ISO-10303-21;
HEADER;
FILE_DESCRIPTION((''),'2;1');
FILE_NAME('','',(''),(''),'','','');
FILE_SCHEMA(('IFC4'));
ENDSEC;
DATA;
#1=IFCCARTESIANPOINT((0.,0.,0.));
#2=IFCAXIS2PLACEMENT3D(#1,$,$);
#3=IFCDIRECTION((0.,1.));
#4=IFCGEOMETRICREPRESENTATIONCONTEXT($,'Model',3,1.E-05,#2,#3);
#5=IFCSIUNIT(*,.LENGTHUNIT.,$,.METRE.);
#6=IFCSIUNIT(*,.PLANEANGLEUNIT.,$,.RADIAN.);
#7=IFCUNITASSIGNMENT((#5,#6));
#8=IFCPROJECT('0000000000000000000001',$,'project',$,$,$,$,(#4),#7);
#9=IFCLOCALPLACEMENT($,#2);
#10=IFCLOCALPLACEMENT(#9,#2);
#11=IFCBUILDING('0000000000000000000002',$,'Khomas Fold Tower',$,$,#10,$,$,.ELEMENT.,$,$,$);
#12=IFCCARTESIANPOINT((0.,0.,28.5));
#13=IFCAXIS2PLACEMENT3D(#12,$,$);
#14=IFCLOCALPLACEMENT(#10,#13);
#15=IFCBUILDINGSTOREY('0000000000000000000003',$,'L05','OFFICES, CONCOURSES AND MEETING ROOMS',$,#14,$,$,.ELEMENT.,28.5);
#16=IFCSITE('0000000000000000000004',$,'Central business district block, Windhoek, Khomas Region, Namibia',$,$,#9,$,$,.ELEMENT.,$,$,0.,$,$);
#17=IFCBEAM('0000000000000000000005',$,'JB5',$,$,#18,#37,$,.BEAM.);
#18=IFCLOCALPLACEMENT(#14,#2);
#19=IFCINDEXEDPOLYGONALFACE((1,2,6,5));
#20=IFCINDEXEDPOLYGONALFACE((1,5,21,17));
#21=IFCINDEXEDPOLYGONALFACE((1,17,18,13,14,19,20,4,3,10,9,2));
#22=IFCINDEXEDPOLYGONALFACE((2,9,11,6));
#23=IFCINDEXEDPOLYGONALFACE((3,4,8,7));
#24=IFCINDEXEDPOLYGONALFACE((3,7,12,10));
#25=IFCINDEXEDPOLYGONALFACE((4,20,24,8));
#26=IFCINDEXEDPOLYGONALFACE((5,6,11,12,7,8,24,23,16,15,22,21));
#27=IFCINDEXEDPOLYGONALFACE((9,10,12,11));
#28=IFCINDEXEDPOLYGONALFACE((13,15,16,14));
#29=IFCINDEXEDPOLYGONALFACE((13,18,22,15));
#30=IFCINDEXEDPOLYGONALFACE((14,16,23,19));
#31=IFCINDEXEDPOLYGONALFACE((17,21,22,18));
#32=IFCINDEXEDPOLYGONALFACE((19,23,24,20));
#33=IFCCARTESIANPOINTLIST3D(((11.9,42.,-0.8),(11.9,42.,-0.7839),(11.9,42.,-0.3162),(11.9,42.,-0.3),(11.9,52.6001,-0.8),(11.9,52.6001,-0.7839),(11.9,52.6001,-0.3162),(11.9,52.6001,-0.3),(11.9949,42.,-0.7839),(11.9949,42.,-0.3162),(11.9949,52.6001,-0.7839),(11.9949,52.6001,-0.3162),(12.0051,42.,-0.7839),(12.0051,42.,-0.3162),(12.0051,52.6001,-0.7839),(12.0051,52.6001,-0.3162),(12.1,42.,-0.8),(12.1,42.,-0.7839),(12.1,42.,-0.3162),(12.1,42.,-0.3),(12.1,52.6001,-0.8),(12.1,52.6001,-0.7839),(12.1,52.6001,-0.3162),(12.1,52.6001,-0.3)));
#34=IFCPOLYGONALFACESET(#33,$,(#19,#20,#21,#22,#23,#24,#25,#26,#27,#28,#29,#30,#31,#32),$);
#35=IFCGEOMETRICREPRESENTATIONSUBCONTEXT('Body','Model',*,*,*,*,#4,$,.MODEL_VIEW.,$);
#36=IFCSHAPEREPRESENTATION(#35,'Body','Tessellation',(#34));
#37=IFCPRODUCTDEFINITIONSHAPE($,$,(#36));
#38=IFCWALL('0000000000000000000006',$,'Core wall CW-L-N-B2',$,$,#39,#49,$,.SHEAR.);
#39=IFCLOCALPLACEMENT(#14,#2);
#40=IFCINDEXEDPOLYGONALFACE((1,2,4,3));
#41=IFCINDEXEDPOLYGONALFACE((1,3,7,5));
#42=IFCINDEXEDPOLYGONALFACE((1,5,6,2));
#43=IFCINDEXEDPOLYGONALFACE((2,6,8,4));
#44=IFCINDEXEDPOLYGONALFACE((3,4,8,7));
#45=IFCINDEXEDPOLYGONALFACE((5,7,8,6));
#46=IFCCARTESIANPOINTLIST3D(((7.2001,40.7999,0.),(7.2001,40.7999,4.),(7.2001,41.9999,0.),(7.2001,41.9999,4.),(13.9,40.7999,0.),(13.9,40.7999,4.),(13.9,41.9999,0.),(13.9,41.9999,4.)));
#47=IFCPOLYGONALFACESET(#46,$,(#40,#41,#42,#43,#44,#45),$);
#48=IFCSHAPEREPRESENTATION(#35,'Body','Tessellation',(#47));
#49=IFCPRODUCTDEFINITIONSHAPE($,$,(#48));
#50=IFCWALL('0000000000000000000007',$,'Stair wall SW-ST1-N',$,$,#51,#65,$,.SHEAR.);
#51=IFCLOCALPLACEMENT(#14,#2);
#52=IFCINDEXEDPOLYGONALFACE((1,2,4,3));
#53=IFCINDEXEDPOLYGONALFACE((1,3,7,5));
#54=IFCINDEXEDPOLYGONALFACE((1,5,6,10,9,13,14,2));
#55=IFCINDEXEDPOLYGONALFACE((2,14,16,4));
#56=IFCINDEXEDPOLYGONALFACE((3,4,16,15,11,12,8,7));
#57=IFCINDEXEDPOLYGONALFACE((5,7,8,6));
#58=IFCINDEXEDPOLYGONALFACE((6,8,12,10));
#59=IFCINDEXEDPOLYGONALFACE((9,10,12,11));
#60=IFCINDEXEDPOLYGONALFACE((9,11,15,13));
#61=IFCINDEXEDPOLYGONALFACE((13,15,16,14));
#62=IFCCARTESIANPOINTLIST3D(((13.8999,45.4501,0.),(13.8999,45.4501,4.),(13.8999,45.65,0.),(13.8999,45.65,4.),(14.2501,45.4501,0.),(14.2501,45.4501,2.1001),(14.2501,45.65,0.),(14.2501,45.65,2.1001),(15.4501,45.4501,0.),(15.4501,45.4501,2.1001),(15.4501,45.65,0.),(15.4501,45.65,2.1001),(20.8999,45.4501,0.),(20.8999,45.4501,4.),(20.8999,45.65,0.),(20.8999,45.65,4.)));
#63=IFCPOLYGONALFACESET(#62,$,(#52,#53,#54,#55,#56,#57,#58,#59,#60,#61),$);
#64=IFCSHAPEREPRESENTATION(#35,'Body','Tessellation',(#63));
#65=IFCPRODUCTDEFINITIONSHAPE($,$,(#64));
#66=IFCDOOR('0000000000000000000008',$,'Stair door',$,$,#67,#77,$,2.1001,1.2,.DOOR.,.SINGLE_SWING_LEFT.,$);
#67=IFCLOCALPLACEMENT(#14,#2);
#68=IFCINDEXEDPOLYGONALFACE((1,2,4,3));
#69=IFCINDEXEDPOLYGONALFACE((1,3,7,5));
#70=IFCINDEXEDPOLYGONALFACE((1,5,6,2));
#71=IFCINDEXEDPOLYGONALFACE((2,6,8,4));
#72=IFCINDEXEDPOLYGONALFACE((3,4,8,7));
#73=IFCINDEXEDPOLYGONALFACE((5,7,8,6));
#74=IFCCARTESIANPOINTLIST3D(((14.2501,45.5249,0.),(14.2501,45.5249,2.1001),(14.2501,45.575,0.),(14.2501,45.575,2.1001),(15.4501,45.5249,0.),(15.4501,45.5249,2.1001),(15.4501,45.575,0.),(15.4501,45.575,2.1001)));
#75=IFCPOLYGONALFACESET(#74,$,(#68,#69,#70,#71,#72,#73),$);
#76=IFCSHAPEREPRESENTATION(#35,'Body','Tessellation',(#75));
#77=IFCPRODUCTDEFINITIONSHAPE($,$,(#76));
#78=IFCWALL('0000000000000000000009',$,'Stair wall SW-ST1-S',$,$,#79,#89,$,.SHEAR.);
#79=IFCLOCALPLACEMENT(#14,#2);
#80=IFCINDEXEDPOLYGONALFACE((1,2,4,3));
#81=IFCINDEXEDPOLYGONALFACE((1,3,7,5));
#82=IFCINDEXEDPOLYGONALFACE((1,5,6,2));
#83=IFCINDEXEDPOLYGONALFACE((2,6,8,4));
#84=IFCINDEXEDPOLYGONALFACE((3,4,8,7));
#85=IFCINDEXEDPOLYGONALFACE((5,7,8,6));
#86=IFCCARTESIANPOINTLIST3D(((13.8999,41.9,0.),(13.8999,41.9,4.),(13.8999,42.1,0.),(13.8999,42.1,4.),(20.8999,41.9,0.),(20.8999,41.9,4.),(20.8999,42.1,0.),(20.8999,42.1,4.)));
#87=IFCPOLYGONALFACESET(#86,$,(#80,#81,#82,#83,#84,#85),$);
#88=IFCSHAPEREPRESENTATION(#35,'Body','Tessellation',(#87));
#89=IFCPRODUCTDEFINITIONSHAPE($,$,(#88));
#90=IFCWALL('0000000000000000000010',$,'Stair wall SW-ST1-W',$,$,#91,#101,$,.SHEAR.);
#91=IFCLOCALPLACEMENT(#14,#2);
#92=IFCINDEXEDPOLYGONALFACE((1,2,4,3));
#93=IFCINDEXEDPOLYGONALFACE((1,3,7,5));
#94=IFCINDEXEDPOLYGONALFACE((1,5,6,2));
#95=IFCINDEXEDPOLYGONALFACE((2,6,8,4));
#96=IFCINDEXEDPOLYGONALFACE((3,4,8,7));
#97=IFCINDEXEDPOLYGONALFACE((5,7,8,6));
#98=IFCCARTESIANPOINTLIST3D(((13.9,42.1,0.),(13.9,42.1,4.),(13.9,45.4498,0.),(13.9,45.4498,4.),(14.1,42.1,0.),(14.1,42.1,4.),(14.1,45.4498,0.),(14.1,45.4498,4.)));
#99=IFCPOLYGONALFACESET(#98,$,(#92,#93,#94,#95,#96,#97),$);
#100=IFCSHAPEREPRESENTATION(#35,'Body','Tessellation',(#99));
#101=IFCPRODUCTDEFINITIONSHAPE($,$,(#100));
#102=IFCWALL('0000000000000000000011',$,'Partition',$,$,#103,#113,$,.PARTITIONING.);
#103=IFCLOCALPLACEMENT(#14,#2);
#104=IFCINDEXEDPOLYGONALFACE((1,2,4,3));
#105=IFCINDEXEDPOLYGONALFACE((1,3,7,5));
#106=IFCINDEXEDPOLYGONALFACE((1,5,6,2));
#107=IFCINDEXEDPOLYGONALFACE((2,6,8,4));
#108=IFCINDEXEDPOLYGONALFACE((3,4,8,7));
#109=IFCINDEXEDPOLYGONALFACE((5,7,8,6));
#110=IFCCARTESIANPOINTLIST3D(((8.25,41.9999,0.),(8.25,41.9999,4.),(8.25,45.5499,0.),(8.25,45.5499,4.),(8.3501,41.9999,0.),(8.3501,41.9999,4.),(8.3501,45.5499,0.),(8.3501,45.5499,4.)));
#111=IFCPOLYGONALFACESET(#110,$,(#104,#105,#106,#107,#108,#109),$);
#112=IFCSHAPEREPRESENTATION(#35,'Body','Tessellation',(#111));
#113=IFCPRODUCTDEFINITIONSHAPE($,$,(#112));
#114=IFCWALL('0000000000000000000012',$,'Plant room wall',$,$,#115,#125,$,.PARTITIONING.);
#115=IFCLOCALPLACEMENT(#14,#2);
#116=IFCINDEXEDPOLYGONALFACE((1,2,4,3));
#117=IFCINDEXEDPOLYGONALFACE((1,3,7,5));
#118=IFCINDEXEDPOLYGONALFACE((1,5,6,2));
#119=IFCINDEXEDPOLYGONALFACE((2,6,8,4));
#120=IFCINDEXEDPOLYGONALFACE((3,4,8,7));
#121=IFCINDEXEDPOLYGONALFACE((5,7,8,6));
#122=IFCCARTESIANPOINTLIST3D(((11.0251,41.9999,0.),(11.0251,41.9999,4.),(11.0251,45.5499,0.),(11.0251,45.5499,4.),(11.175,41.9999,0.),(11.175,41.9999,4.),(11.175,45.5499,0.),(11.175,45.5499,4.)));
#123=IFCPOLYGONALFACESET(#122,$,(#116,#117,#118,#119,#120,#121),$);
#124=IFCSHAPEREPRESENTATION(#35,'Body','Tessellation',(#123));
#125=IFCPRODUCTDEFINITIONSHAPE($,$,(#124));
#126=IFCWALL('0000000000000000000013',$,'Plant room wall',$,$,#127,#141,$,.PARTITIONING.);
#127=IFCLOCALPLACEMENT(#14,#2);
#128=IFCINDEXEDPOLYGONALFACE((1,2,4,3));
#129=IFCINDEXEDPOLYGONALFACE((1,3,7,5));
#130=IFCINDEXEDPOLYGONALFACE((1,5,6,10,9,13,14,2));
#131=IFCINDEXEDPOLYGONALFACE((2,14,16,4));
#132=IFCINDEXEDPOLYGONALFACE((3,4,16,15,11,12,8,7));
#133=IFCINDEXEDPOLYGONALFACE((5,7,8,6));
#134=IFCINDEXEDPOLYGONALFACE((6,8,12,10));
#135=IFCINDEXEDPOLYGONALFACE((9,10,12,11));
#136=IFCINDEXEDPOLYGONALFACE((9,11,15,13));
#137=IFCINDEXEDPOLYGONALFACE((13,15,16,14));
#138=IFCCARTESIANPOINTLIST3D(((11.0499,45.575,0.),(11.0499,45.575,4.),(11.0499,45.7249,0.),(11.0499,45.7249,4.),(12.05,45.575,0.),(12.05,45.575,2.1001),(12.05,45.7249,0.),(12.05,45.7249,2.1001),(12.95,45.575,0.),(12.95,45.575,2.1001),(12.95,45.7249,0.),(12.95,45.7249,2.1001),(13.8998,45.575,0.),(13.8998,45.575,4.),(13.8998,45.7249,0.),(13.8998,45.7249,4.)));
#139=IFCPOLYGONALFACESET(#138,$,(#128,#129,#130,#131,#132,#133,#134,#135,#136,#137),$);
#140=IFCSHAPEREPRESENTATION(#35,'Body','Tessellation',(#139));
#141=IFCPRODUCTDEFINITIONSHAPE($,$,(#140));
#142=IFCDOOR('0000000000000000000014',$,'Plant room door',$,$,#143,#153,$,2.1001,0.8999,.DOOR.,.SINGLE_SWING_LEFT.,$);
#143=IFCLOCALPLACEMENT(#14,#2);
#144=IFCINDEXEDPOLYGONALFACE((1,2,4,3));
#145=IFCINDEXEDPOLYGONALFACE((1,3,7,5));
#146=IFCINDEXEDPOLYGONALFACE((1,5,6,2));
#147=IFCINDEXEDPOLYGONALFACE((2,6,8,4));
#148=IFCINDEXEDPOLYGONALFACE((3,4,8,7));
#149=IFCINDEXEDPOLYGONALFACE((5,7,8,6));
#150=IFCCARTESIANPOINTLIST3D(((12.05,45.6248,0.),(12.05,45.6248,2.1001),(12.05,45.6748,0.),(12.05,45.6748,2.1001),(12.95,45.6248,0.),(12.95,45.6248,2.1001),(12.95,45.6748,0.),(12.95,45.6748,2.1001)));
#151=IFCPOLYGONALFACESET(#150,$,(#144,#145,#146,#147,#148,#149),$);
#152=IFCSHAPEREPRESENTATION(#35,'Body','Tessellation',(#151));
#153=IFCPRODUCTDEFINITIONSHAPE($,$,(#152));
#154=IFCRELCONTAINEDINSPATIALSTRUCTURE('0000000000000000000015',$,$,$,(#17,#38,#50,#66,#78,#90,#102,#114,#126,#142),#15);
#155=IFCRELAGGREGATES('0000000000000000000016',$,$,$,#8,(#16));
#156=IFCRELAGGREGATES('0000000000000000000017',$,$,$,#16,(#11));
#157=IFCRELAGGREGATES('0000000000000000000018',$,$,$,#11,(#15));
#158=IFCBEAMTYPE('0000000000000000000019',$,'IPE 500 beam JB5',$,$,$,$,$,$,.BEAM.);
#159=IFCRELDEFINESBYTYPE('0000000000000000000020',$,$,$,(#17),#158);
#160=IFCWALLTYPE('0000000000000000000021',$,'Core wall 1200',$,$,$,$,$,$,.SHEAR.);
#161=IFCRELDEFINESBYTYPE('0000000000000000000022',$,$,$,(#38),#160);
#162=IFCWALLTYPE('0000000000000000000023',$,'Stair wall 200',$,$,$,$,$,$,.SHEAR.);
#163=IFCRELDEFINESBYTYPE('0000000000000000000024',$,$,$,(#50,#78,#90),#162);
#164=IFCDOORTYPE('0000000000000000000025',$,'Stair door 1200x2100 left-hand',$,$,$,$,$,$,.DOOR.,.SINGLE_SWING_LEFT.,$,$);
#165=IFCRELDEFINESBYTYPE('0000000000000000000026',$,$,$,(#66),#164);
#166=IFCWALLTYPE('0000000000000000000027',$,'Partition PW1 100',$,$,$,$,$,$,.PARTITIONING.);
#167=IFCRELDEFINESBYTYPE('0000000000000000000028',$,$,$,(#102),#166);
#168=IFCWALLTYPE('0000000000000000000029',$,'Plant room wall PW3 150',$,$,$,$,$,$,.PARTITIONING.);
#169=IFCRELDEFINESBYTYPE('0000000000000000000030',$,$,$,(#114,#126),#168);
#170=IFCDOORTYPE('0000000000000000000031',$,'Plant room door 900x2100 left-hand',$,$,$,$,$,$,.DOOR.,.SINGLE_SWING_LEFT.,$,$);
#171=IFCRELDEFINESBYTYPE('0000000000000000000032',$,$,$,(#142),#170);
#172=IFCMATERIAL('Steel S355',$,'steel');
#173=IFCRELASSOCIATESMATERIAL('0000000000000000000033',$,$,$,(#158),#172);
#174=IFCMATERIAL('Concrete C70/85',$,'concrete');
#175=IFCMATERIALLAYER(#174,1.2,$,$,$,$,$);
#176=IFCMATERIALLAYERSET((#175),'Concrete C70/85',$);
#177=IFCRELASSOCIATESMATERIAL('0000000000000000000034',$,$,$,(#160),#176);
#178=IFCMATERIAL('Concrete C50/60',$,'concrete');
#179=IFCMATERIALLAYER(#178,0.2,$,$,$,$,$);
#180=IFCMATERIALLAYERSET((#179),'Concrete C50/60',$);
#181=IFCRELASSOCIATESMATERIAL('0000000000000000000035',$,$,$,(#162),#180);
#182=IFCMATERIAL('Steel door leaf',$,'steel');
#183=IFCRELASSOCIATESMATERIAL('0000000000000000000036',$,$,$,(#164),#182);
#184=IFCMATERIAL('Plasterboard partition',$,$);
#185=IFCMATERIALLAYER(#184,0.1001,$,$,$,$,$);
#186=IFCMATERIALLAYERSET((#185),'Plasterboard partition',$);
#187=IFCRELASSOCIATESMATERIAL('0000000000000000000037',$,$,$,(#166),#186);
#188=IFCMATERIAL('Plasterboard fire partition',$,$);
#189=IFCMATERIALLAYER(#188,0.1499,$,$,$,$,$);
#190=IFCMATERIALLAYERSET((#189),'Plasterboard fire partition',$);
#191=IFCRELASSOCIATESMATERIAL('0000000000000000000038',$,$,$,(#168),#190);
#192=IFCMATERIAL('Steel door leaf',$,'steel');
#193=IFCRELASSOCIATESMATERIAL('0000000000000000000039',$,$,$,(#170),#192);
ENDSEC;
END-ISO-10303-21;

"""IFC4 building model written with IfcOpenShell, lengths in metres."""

from ifc_helpers import new_model, si_unit, direction, frame, frame_2d, origin, origin_2d, place, context, subcontext, project, spatial, rectangle, i_section, extrude, source, transform, mapped, material, layer, layer_set, material_profile, profile_set, type_object, element, fill, save


model = new_model("IFC4")

# Units and contexts
model_context = context("Model", 3, precision=1e-05, world=origin(), true_north=direction((0.0, 1.0)))
body_context = subcontext(model_context, "Body", "Model", "MODEL_VIEW")
ifc_project = project(units=[si_unit("LENGTHUNIT", "METRE"), si_unit("PLANEANGLEUNIT", "RADIAN")], contexts=[model_context])

# Site, building, storey
site_placement = place(None, origin())
site = spatial("IfcSite", under=ifc_project, at=site_placement, Name="Central business district block, Windhoek, Khomas Region, Namibia", CompositionType="ELEMENT", RefElevation=0.0)
building_placement = place(site_placement, origin())
building = spatial("IfcBuilding", under=site, at=building_placement, Name="Khomas Fold Tower", CompositionType="ELEMENT")
storey_placement = place(building_placement, frame((0.0, 0.0, 28.5)))
storey = spatial("IfcBuildingStorey", under=building, at=storey_placement, Name="L05", Description="OFFICES, CONCOURSES AND MEETING ROOMS", CompositionType="ELEMENT", Elevation=28.5)

# Beam
ifc_material_1 = material(Name="Steel S355", Category="steel")
ifc_material_profile = material_profile(ifc_material_1, i_section(OverallWidth=0.2, OverallDepth=0.5, WebThickness=0.0103, FlangeThickness=0.0161, at=origin_2d()), Name="IPE 500")
ifc_profile_set = profile_set([ifc_material_profile], Name="Steel S355")
beam_type = type_object("IfcBeamType", Name="IPE 500 beam JB5", PredefinedType="BEAM", material=ifc_profile_set)
shared_shape_1 = source(origin(), body_context, "Body", "SweptSolid", [
    extrude(i_section(OverallWidth=0.2, OverallDepth=0.5, WebThickness=0.0103, FlangeThickness=0.0161, at=origin_2d()), origin(), (0.0, 0.0, 1.0), 10.6001),
])
beam_placement = place(storey_placement, frame((12.0, 42.0, -0.55), z_axis=(0.0, 1.0, 0.0), x_axis=(-1.0, 0.0, 0.0)))
element("IfcBeam", 1, at=beam_placement, inside=storey, type_object=beam_type, Name="JB5", PredefinedType="BEAM", context=body_context, shape_type="MappedRepresentation", body=[
    mapped(shared_shape_1, transform((0.0, 0.0, 0.0))),
])

# Wall
ifc_material_2 = material(Name="Concrete C70/85", Category="concrete")
ifc_layer_1 = layer(ifc_material_2, 1.2)
ifc_layer_set_1 = layer_set([ifc_layer_1], Name="Concrete C70/85")
wall_type_1 = type_object("IfcWallType", Name="Core wall 1200", PredefinedType="SHEAR", material=ifc_layer_set_1)
shared_shape_2 = source(origin(), body_context, "Body", "SweptSolid", [
    extrude(rectangle(XDim=6.7, YDim=1.2, at=frame_2d((3.3501, 0.0))), origin(), (0.0, 0.0, 1.0), 4.0),
])
wall_1_placement = place(storey_placement, frame((7.2, 41.3999, 0.0), z_axis=(0.0, 0.0, 1.0), x_axis=(1.0, 0.0, 0.0)))
element("IfcWall", 2, at=wall_1_placement, inside=storey, type_object=wall_type_1, Name="Core wall CW-L-N-B2", PredefinedType="SHEAR", context=body_context, shape_type="MappedRepresentation", body=[
    mapped(shared_shape_2, transform((0.0, 0.0, 0.0))),
])

# Wall, opening, door
ifc_material_3 = material(Name="Concrete C50/60", Category="concrete")
ifc_layer_2 = layer(ifc_material_3, 0.2)
ifc_layer_set_2 = layer_set([ifc_layer_2], Name="Concrete C50/60")
wall_type_2 = type_object("IfcWallType", Name="Stair wall 200", PredefinedType="SHEAR", material=ifc_layer_set_2)
shared_shape_3 = source(origin(), body_context, "Body", "SweptSolid", [
    extrude(rectangle(XDim=7.0, YDim=0.2, at=frame_2d((3.5, 0.0))), origin(), (0.0, 0.0, 1.0), 4.0),
])
wall_2_placement = place(storey_placement, frame((13.8999, 45.55, 0.0), z_axis=(0.0, 0.0, 1.0), x_axis=(1.0, 0.0, 0.0)))
wall_2 = element("IfcWall", 3, at=wall_2_placement, inside=storey, type_object=wall_type_2, Name="Stair wall SW-ST1-N", PredefinedType="SHEAR", context=body_context, shape_type="MappedRepresentation", body=[
    mapped(shared_shape_3, transform((0.0, 0.0, 0.0))),
])
shared_shape_4 = source(origin(), body_context, "Body", "SweptSolid", [
    extrude(rectangle(XDim=1.2, YDim=2.1001, at=frame_2d((0.6001, 1.05))), frame((0.0, 0.1099, 0.0), z_axis=(0.0, -1.0, 0.0), x_axis=(1.0, 0.0, 0.0)), (0.0, 0.0, 1.0), 0.22),
])
opening_1_placement = place(wall_2_placement, frame((0.3501, 0.0, 0.0)))
opening_1 = element("IfcOpeningElement", 4, at=opening_1_placement, cuts=wall_2, PredefinedType="OPENING", context=body_context, shape_type="MappedRepresentation", body=[
    mapped(shared_shape_4, transform((0.0, 0.0, 0.0))),
])
ifc_material_4 = material(Name="Steel door leaf", Category="steel")
door_type_1 = type_object("IfcDoorType", Name="Stair door 1200x2100 left-hand", OperationType="SINGLE_SWING_LEFT", PredefinedType="DOOR", material=ifc_material_4)
shared_shape_5 = source(origin(), body_context, "Body", "SweptSolid", [
    extrude(rectangle(XDim=1.2, YDim=2.1001, at=frame_2d((0.6001, 1.05))), frame((0.0, 0.0249, 0.0), z_axis=(0.0, -1.0, 0.0), x_axis=(1.0, 0.0, 0.0)), (0.0, 0.0, 1.0), 0.05),
])
door_1_placement = place(opening_1_placement, origin())
door_1 = element("IfcDoor", 5, at=door_1_placement, inside=storey, type_object=door_type_1, Name="Stair door", OperationType="SINGLE_SWING_LEFT", OverallHeight=2.1001, OverallWidth=1.2, PredefinedType="DOOR", context=body_context, shape_type="MappedRepresentation", body=[
    mapped(shared_shape_5, transform((0.0, 0.0, 0.0))),
])
fill(opening_1, door_1)

# Walls
wall_3_placement = place(storey_placement, frame((13.8999, 42.0, 0.0), z_axis=(0.0, 0.0, 1.0), x_axis=(1.0, 0.0, 0.0)))
element("IfcWall", 6, at=wall_3_placement, inside=storey, type_object=wall_type_2, Name="Stair wall SW-ST1-S", PredefinedType="SHEAR", context=body_context, shape_type="MappedRepresentation", body=[
    mapped(shared_shape_3, transform((0.0, 0.0, 0.0))),
])
shared_shape_6 = source(origin(), body_context, "Body", "SweptSolid", [
    extrude(rectangle(XDim=3.3499, YDim=0.2, at=frame_2d((1.6748, 0.0))), origin(), (0.0, 0.0, 1.0), 4.0),
])
wall_4_placement = place(storey_placement, frame((14.0, 42.1001, 0.0), z_axis=(0.0, 0.0, 1.0), x_axis=(0.0, 1.0, 0.0)))
element("IfcWall", 7, at=wall_4_placement, inside=storey, type_object=wall_type_2, Name="Stair wall SW-ST1-W", PredefinedType="SHEAR", context=body_context, shape_type="MappedRepresentation", body=[
    mapped(shared_shape_6, transform((0.0, 0.0, 0.0))),
])
ifc_material_5 = material(Name="Plasterboard partition")
ifc_layer_3 = layer(ifc_material_5, 0.1001)
ifc_layer_set_3 = layer_set([ifc_layer_3], Name="Plasterboard partition")
wall_type_3 = type_object("IfcWallType", Name="Partition PW1 100", PredefinedType="PARTITIONING", material=ifc_layer_set_3)
shared_shape_7 = source(origin(), body_context, "Body", "SweptSolid", [
    extrude(rectangle(XDim=3.55, YDim=0.1001, at=frame_2d((1.7749, 0.0))), origin(), (0.0, 0.0, 1.0), 4.0),
])
wall_5_placement = place(storey_placement, frame((8.3, 42.0, 0.0), z_axis=(0.0, 0.0, 1.0), x_axis=(0.0, 1.0, 0.0)))
element("IfcWall", 8, at=wall_5_placement, inside=storey, type_object=wall_type_3, Name="Partition", PredefinedType="PARTITIONING", context=body_context, shape_type="MappedRepresentation", body=[
    mapped(shared_shape_7, transform((0.0, 0.0, 0.0))),
])
ifc_material_6 = material(Name="Plasterboard fire partition")
ifc_layer_4 = layer(ifc_material_6, 0.1499)
ifc_layer_set_4 = layer_set([ifc_layer_4], Name="Plasterboard fire partition")
wall_type_4 = type_object("IfcWallType", Name="Plant room wall PW3 150", PredefinedType="PARTITIONING", material=ifc_layer_set_4)
shared_shape_8 = source(origin(), body_context, "Body", "SweptSolid", [
    extrude(rectangle(XDim=3.55, YDim=0.1499, at=frame_2d((1.7749, 0.0))), origin(), (0.0, 0.0, 1.0), 4.0),
])
wall_6_placement = place(storey_placement, frame((11.1001, 42.0, 0.0), z_axis=(0.0, 0.0, 1.0), x_axis=(0.0, 1.0, 0.0)))
element("IfcWall", 9, at=wall_6_placement, inside=storey, type_object=wall_type_4, Name="Plant room wall", PredefinedType="PARTITIONING", context=body_context, shape_type="MappedRepresentation", body=[
    mapped(shared_shape_8, transform((0.0, 0.0, 0.0))),
])

# Wall, opening, door
shared_shape_9 = source(origin(), body_context, "Body", "SweptSolid", [
    extrude(rectangle(XDim=2.8499, YDim=0.1499, at=frame_2d((1.4248, 0.0))), origin(), (0.0, 0.0, 1.0), 4.0),
])
wall_7_placement = place(storey_placement, frame((11.05, 45.6499, 0.0), z_axis=(0.0, 0.0, 1.0), x_axis=(1.0, 0.0, 0.0)))
wall_7 = element("IfcWall", 10, at=wall_7_placement, inside=storey, type_object=wall_type_4, Name="Plant room wall", PredefinedType="PARTITIONING", context=body_context, shape_type="MappedRepresentation", body=[
    mapped(shared_shape_9, transform((0.0, 0.0, 0.0))),
])
shared_shape_10 = source(origin(), body_context, "Body", "SweptSolid", [
    extrude(rectangle(XDim=0.8999, YDim=2.1001, at=frame_2d((0.45, 1.05))), frame((0.0, 0.085, 0.0), z_axis=(0.0, -1.0, 0.0), x_axis=(1.0, 0.0, 0.0)), (0.0, 0.0, 1.0), 0.1699),
])
opening_2_placement = place(wall_7_placement, frame((1.0, 0.0, 0.0)))
opening_2 = element("IfcOpeningElement", 11, at=opening_2_placement, cuts=wall_7, PredefinedType="OPENING", context=body_context, shape_type="MappedRepresentation", body=[
    mapped(shared_shape_10, transform((0.0, 0.0, 0.0))),
])
ifc_material_7 = material(Name="Steel door leaf", Category="steel")
door_type_2 = type_object("IfcDoorType", Name="Plant room door 900x2100 left-hand", OperationType="SINGLE_SWING_LEFT", PredefinedType="DOOR", material=ifc_material_7)
shared_shape_11 = source(origin(), body_context, "Body", "SweptSolid", [
    extrude(rectangle(XDim=0.8999, YDim=2.1001, at=frame_2d((0.45, 1.05))), frame((0.0, 0.0249, 0.0), z_axis=(0.0, -1.0, 0.0), x_axis=(1.0, 0.0, 0.0)), (0.0, 0.0, 1.0), 0.05),
])
door_2_placement = place(opening_2_placement, origin())
door_2 = element("IfcDoor", 12, at=door_2_placement, inside=storey, type_object=door_type_2, Name="Plant room door", OperationType="SINGLE_SWING_LEFT", OverallHeight=2.1001, OverallWidth=0.8999, PredefinedType="DOOR", context=body_context, shape_type="MappedRepresentation", body=[
    mapped(shared_shape_11, transform((0.0, 0.0, 0.0))),
])
fill(opening_2, door_2)

save(model, "model.ifc")
